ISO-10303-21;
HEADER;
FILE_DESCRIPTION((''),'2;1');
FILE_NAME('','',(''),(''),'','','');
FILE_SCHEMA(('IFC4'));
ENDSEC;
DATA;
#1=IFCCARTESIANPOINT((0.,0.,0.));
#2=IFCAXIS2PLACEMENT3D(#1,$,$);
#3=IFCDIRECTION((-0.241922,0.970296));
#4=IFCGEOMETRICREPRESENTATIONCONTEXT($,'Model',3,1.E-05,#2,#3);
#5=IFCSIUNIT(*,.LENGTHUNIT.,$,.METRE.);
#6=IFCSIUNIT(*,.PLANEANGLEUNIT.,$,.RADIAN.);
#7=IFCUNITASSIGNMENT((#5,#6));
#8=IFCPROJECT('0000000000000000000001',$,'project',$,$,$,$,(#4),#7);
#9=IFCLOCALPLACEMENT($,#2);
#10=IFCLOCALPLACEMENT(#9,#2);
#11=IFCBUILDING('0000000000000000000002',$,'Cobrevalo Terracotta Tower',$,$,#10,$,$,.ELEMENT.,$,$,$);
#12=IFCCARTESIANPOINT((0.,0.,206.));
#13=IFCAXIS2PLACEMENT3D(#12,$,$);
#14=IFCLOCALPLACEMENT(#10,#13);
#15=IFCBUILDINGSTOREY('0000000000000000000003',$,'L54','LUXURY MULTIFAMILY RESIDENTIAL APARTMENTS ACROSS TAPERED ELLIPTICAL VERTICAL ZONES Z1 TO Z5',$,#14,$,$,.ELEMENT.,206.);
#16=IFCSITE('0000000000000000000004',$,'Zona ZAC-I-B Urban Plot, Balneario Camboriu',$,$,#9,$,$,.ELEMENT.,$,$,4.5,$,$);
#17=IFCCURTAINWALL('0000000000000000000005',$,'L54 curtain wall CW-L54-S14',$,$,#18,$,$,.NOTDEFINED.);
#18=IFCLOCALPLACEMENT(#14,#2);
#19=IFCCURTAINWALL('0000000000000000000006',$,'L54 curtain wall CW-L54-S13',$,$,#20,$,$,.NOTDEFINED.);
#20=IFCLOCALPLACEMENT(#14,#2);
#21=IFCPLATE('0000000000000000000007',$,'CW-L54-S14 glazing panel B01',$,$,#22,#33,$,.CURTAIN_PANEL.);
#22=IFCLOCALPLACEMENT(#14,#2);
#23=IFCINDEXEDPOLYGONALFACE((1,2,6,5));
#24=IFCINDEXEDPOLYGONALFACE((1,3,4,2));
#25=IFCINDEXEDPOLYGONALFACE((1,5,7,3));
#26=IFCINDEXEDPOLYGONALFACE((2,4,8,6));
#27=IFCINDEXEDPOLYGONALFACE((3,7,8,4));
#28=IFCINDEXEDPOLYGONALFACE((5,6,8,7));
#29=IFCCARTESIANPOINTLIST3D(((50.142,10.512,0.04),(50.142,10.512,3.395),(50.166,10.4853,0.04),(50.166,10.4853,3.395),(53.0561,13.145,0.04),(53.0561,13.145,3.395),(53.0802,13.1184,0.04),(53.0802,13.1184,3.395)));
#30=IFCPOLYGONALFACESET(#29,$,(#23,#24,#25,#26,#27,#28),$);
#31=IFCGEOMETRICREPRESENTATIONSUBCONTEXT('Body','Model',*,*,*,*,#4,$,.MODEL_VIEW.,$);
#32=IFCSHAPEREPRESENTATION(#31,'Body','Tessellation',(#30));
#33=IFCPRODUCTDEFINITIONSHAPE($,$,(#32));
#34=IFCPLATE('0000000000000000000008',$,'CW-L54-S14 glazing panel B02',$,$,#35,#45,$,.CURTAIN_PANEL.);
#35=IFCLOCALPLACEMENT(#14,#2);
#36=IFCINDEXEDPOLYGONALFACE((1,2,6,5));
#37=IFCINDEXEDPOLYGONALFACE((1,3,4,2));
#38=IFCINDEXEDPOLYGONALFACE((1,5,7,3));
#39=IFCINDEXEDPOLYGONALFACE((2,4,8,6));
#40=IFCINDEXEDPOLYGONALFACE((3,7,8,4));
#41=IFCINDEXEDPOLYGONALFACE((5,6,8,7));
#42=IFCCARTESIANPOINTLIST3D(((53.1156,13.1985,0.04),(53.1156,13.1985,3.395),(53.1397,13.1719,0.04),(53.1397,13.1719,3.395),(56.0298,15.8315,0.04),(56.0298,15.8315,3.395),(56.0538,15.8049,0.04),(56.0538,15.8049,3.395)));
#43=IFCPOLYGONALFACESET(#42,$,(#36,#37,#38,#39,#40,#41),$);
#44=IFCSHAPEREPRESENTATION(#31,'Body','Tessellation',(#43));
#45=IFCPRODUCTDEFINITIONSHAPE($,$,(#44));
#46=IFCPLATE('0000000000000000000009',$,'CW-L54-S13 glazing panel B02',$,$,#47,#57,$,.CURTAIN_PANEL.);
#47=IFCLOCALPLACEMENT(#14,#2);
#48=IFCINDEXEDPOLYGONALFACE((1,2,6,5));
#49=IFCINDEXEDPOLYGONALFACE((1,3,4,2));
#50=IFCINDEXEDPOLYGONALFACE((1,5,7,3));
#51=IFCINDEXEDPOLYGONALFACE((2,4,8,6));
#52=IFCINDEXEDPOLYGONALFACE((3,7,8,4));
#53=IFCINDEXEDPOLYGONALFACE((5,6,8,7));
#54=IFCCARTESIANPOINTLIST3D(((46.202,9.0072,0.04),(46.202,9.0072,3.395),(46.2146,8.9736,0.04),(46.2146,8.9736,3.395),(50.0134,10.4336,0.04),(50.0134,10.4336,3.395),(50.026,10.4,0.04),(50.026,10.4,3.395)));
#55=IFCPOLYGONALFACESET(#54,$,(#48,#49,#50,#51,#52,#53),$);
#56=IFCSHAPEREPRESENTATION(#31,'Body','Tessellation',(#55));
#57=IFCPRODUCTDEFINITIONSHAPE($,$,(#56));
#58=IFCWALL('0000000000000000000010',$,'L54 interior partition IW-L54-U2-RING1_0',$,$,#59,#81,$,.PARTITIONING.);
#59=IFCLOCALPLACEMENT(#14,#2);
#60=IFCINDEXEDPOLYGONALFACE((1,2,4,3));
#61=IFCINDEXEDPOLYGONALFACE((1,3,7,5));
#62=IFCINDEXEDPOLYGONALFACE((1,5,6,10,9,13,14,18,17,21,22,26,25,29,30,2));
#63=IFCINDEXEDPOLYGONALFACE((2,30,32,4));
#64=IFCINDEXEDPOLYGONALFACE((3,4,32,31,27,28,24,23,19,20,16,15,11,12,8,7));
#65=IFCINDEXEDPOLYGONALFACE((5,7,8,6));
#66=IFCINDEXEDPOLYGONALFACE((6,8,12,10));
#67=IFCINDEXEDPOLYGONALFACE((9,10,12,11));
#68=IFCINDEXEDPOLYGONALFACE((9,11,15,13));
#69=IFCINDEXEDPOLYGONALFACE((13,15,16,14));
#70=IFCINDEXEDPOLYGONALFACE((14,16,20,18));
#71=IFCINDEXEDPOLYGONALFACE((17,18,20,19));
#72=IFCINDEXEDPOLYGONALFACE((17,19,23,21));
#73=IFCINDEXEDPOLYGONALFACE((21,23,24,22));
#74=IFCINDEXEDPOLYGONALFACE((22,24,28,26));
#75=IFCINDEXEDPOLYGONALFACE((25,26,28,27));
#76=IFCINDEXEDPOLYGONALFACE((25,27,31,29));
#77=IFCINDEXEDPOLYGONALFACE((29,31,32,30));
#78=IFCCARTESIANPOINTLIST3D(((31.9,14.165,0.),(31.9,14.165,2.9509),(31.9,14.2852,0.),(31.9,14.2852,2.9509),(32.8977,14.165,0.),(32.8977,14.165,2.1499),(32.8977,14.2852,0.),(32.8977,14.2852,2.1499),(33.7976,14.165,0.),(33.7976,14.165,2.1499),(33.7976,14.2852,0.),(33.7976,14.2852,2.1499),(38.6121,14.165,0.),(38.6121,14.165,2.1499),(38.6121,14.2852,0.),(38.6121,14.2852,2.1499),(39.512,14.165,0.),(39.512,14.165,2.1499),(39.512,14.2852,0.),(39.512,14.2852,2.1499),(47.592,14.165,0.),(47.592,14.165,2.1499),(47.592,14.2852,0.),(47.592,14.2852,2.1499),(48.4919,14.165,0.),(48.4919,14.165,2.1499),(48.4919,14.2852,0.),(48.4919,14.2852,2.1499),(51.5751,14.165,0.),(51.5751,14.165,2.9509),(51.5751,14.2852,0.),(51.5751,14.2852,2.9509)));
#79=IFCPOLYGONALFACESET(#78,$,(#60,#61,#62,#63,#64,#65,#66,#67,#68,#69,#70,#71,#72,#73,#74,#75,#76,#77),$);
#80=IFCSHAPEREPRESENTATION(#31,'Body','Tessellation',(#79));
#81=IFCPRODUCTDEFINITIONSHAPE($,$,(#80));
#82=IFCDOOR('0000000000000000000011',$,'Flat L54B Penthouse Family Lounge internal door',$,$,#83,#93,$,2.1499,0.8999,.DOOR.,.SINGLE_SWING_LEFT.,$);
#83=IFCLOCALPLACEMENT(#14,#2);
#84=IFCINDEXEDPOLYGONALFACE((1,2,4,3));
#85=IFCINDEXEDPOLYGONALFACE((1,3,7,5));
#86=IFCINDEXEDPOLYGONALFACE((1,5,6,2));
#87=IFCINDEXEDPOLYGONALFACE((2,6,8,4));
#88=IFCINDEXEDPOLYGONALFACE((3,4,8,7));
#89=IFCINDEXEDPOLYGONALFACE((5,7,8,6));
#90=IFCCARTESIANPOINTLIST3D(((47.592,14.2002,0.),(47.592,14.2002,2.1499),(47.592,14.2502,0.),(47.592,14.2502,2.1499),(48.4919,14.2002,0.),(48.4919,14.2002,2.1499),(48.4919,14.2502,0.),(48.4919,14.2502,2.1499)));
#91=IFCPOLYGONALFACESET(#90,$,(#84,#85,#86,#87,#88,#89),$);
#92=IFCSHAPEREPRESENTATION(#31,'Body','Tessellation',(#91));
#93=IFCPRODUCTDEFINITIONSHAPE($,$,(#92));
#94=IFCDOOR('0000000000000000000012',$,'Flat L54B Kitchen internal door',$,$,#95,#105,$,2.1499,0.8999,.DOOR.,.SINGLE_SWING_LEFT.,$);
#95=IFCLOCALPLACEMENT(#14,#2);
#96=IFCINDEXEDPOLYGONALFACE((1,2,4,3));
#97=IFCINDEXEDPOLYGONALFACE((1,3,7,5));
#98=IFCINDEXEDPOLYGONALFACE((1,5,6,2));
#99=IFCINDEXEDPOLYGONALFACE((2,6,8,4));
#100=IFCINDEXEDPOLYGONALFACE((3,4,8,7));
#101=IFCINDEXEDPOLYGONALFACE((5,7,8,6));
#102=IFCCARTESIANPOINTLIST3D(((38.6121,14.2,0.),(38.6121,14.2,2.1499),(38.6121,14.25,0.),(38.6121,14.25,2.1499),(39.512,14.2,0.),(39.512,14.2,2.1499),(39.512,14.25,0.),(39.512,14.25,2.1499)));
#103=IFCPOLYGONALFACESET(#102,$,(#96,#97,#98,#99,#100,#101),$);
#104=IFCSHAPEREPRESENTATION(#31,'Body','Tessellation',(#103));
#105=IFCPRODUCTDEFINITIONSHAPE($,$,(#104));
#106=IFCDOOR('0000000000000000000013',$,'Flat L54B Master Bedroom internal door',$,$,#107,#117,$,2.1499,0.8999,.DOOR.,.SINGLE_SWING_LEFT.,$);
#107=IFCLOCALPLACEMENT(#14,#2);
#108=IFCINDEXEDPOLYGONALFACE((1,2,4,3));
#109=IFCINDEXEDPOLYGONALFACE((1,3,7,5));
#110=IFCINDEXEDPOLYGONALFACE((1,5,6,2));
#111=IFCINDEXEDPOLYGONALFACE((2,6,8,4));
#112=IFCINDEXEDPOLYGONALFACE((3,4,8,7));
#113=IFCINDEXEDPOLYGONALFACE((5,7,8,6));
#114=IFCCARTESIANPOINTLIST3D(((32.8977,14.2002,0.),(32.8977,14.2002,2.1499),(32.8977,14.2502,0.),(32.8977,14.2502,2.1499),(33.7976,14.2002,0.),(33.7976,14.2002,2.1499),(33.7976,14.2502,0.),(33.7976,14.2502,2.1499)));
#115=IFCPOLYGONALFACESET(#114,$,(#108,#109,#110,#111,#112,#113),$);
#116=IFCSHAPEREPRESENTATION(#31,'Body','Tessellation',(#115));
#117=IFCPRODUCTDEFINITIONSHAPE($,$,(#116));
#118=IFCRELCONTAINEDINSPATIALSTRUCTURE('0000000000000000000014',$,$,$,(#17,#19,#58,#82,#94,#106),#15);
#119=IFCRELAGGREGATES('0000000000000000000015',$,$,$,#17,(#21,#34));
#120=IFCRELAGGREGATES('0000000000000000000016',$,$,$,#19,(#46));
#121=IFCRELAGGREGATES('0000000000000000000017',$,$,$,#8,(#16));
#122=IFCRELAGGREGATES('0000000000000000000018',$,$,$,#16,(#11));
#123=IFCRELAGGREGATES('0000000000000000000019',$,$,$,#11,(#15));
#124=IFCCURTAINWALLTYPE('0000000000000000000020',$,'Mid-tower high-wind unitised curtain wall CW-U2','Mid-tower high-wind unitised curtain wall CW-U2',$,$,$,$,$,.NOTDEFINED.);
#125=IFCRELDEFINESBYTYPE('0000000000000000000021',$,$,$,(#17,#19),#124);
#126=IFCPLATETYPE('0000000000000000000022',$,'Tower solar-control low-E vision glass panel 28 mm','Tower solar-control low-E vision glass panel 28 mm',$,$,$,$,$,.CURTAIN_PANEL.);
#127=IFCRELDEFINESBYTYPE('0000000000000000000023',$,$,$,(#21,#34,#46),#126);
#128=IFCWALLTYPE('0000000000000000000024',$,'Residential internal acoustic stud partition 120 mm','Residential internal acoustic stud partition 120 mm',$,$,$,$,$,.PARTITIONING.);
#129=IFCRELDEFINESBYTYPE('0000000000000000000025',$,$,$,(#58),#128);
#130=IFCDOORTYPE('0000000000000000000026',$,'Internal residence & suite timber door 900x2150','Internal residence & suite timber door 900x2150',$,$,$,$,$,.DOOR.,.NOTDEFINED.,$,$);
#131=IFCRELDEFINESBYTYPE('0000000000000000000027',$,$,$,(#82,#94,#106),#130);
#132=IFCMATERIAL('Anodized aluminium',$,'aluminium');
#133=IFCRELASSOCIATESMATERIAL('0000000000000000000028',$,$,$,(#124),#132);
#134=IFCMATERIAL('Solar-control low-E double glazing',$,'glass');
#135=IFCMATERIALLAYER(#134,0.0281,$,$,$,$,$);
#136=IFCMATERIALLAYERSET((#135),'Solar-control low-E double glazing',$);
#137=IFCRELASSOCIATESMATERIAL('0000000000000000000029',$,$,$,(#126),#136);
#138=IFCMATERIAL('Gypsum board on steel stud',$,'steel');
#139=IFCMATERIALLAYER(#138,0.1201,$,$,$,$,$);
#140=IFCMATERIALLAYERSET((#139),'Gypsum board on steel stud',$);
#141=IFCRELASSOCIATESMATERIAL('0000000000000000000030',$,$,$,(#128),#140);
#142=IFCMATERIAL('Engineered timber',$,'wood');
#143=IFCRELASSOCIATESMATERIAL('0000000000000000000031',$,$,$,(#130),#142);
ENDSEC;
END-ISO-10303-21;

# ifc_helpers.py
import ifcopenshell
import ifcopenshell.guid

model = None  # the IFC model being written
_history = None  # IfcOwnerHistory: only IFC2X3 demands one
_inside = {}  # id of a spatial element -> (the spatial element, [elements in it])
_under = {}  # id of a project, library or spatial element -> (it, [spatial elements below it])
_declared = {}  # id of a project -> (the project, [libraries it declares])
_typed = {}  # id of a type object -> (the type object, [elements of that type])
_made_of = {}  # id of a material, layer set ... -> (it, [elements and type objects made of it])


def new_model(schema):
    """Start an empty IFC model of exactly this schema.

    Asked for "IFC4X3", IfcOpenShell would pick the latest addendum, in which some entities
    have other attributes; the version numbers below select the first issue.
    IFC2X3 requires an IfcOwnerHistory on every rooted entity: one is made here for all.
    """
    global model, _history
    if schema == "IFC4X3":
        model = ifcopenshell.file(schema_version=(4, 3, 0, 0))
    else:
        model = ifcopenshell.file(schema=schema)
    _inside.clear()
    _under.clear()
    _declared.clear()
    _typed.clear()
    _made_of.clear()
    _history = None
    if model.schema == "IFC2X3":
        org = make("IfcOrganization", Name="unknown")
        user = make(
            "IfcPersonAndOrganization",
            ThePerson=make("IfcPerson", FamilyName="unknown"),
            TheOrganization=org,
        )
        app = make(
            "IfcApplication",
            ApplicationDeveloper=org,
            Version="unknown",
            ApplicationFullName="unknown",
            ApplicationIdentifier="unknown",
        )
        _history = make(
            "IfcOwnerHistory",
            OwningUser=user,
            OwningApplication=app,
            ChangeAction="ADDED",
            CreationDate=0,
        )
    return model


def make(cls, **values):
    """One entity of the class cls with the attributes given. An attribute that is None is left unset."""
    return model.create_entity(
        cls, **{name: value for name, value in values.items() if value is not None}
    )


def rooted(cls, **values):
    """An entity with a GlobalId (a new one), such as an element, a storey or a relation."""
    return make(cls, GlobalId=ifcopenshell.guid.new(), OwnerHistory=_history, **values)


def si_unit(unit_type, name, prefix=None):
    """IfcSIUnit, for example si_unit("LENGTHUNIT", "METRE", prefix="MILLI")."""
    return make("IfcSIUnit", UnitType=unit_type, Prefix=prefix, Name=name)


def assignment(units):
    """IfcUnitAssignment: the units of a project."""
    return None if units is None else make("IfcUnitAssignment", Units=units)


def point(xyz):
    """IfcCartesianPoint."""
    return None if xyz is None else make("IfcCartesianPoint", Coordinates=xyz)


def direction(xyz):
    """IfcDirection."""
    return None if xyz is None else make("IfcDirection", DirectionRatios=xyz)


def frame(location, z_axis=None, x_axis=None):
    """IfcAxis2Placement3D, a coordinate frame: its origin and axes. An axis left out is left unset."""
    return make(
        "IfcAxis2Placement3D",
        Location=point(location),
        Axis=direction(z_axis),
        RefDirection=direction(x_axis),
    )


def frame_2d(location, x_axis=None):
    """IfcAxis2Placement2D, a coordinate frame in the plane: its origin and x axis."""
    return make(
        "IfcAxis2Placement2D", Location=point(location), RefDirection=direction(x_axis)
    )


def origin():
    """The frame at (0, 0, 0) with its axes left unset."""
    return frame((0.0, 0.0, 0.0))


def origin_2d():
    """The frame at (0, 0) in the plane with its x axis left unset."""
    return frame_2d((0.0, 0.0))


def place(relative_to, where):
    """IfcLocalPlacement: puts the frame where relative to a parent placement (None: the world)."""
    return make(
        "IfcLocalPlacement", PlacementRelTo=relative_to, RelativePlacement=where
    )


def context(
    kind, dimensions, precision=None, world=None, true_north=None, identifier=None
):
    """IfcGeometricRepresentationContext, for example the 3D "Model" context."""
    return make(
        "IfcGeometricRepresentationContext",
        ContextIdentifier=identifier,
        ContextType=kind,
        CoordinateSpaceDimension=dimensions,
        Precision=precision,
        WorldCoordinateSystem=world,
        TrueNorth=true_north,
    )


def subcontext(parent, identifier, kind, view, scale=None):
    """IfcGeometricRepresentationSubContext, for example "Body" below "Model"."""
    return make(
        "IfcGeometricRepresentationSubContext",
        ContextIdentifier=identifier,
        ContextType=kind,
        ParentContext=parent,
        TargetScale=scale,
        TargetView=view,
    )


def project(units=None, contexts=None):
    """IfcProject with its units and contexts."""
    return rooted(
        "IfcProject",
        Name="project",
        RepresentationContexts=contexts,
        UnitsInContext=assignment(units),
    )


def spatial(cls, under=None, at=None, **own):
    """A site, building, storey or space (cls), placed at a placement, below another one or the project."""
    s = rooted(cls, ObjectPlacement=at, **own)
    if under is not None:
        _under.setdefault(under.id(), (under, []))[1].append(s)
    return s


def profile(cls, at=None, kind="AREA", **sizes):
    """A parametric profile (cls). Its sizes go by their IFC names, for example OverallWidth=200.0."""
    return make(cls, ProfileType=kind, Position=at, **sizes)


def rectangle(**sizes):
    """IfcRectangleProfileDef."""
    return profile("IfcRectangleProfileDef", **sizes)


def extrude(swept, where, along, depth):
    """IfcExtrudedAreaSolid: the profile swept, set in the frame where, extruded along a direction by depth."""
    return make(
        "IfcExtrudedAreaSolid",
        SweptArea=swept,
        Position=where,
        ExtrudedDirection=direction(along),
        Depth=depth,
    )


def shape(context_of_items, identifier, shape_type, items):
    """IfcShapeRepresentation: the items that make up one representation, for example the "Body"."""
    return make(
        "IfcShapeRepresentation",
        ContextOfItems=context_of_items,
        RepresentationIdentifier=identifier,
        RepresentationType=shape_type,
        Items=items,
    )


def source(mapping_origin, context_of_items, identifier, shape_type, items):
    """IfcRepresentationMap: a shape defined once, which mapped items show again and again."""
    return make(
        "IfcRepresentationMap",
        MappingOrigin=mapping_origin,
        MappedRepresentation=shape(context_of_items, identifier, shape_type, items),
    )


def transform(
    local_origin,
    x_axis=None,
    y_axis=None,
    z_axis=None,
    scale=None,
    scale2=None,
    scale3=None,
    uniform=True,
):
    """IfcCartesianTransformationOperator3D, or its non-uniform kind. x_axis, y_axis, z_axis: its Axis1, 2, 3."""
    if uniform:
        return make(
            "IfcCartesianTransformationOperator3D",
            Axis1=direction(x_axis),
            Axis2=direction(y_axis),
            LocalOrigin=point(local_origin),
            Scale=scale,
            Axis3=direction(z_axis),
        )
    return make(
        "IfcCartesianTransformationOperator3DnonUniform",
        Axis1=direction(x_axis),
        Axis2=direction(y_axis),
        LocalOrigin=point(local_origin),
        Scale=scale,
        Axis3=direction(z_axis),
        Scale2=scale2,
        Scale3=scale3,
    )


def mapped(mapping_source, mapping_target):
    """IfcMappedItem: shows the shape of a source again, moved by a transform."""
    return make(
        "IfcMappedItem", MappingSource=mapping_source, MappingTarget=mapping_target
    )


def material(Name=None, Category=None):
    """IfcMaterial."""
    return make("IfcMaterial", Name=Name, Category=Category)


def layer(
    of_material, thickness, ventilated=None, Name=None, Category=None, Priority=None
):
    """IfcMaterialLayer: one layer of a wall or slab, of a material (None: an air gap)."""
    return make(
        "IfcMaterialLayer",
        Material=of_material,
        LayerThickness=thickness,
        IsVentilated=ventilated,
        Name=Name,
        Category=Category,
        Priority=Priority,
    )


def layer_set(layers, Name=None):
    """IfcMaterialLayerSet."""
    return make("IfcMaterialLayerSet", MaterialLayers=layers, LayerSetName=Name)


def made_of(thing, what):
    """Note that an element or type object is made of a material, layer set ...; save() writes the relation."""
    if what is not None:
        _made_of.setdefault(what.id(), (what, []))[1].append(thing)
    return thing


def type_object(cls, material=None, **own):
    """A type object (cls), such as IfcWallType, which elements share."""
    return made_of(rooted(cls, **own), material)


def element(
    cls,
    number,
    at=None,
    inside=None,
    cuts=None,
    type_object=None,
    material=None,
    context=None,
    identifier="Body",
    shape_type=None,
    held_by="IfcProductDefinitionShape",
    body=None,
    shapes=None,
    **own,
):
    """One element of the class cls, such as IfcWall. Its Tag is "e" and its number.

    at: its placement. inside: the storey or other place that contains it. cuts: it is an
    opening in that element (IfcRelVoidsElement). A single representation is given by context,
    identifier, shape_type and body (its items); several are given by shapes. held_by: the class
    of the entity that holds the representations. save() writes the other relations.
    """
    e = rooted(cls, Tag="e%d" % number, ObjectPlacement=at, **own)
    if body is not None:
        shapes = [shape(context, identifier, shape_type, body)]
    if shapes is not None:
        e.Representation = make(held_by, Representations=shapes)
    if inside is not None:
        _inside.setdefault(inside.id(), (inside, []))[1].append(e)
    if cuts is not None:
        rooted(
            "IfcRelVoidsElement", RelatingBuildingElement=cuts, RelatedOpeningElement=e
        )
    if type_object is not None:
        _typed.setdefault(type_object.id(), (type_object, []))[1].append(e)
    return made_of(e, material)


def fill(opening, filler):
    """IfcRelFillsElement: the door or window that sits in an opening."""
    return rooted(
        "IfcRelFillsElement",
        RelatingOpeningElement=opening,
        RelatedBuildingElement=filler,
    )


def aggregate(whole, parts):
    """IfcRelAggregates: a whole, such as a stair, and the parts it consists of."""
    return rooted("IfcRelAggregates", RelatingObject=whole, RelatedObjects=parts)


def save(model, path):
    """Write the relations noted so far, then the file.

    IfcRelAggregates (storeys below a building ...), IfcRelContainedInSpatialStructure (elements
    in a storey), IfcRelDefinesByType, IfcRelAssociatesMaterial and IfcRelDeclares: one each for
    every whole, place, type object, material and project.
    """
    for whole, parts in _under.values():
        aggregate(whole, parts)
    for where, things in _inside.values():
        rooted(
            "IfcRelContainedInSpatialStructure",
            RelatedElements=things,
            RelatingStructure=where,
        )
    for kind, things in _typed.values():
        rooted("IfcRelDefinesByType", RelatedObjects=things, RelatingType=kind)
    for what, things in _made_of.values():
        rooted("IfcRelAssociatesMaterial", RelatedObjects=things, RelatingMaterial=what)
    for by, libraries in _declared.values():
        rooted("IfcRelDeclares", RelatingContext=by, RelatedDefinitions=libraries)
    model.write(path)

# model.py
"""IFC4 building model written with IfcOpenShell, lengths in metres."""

from ifc_helpers import new_model, si_unit, direction, frame, frame_2d, origin, origin_2d, place, context, subcontext, project, spatial, rectangle, extrude, source, transform, mapped, material, layer, layer_set, type_object, element, fill, aggregate, save


model = new_model("IFC4")

# Units and contexts
model_context = context("Model", 3, precision=1e-05, world=origin(), true_north=direction((-0.241922, 0.970296)))
body_context = subcontext(model_context, "Body", "Model", "MODEL_VIEW")
ifc_project = project(units=[si_unit("LENGTHUNIT", "METRE"), si_unit("PLANEANGLEUNIT", "RADIAN")], contexts=[model_context])

# Site, building, storey
site_placement = place(None, origin())
site = spatial("IfcSite", under=ifc_project, at=site_placement, Name="Zona ZAC-I-B Urban Plot, Balneario Camboriu", CompositionType="ELEMENT", RefElevation=4.5)
building_placement = place(site_placement, origin())
building = spatial("IfcBuilding", under=site, at=building_placement, Name="Cobrevalo Terracotta Tower", CompositionType="ELEMENT")
storey_placement = place(building_placement, frame((0.0, 0.0, 206.0)))
storey = spatial("IfcBuildingStorey", under=building, at=storey_placement, Name="L54", Description="LUXURY MULTIFAMILY RESIDENTIAL APARTMENTS ACROSS TAPERED ELLIPTICAL VERTICAL ZONES Z1 TO Z5", CompositionType="ELEMENT", Elevation=206.0)

# Curtain wall
ifc_material_1 = material(Name="Anodized aluminium", Category="aluminium")
curtain_wall_type = type_object("IfcCurtainWallType", Name="Mid-tower high-wind unitised curtain wall CW-U2", Description="Mid-tower high-wind unitised curtain wall CW-U2", PredefinedType="NOTDEFINED", material=ifc_material_1)
curtain_wall_1_placement = place(storey_placement, origin())
curtain_wall_1 = element("IfcCurtainWall", 1, at=curtain_wall_1_placement, inside=storey, type_object=curtain_wall_type, Name="L54 curtain wall CW-L54-S14", PredefinedType="NOTDEFINED")

# Curtain wall
curtain_wall_2_placement = place(storey_placement, origin())
curtain_wall_2 = element("IfcCurtainWall", 2, at=curtain_wall_2_placement, inside=storey, type_object=curtain_wall_type, Name="L54 curtain wall CW-L54-S13", PredefinedType="NOTDEFINED")

# Plates
ifc_material_2 = material(Name="Solar-control low-E double glazing", Category="glass")
ifc_layer_1 = layer(ifc_material_2, 0.0281)
ifc_layer_set_1 = layer_set([ifc_layer_1], Name="Solar-control low-E double glazing")
plate_type = type_object("IfcPlateType", Name="Tower solar-control low-E vision glass panel 28 mm", Description="Tower solar-control low-E vision glass panel 28 mm", PredefinedType="CURTAIN_PANEL", material=ifc_layer_set_1)
shared_shape_1 = source(origin(), body_context, "Body", "SweptSolid", [
    extrude(rectangle(XDim=3.9275, YDim=0.0359, at=origin_2d()), origin(), (0.0, 0.0, 1.0), 3.355),
])
plate_1_placement = place(storey_placement, frame((51.6111, 11.8152, 0.04), z_axis=(0.0, 0.0, 1.0), x_axis=(0.741988, 0.670414, 0.0)))
plate_1 = element("IfcPlate", 3, at=plate_1_placement, type_object=plate_type, Name="CW-L54-S14 glazing panel B01", PredefinedType="CURTAIN_PANEL", context=body_context, shape_type="MappedRepresentation", body=[
    mapped(shared_shape_1, transform((0.0, 0.0, 0.0), scale=1.0)),
])
plate_2_placement = place(storey_placement, frame((54.5847, 14.5017, 0.04), z_axis=(0.0, 0.0, 1.0), x_axis=(0.741988, 0.670414, 0.0)))
plate_2 = element("IfcPlate", 4, at=plate_2_placement, type_object=plate_type, Name="CW-L54-S14 glazing panel B02", PredefinedType="CURTAIN_PANEL", context=body_context, shape_type="MappedRepresentation", body=[
    mapped(shared_shape_1, transform((0.0, 0.0, 0.0), scale=1.0)),
])
aggregate(curtain_wall_1, [plate_1, plate_2])
shared_shape_2 = source(origin(), body_context, "Body", "SweptSolid", [
    extrude(rectangle(XDim=4.0696, YDim=0.0359, at=origin_2d()), origin(), (0.0, 0.0, 1.0), 3.355),
])
plate_3_placement = place(storey_placement, frame((48.114, 9.7036, 0.04), z_axis=(0.0, 0.0, 1.0), x_axis=(0.936558, 0.350513, 0.0)))
plate_3 = element("IfcPlate", 5, at=plate_3_placement, type_object=plate_type, Name="CW-L54-S13 glazing panel B02", PredefinedType="CURTAIN_PANEL", context=body_context, shape_type="MappedRepresentation", body=[
    mapped(shared_shape_2, transform((0.0, 0.0, 0.0), scale=1.0)),
])
aggregate(curtain_wall_2, [plate_3])

# Wall, openings, doors
ifc_material_3 = material(Name="Gypsum board on steel stud", Category="steel")
ifc_layer_2 = layer(ifc_material_3, 0.1201)
ifc_layer_set_2 = layer_set([ifc_layer_2], Name="Gypsum board on steel stud")
wall_type = type_object("IfcWallType", Name="Residential internal acoustic stud partition 120 mm", Description="Residential internal acoustic stud partition 120 mm", PredefinedType="PARTITIONING", material=ifc_layer_set_2)
wall_placement = place(storey_placement, frame((51.575, 14.2251, 0.0), z_axis=(0.0, 0.0, 1.0), x_axis=(-1.0, 0.0, 0.0)))
wall = element("IfcWall", 6, at=wall_placement, inside=storey, type_object=wall_type, Name="L54 interior partition IW-L54-U2-RING1_0", PredefinedType="PARTITIONING", context=body_context, shape_type="SweptSolid", body=[
    extrude(rectangle(XDim=19.675, YDim=0.1201, at=frame_2d((9.8374, 0.0))), origin(), (0.0, 0.0, 1.0), 2.9509),
])
opening_1_placement = place(wall_placement, frame((3.083, 0.0, 0.0)))
opening_1 = element("IfcOpeningElement", 7, at=opening_1_placement, cuts=wall, PredefinedType="OPENING", context=body_context, shape_type="SweptSolid", body=[
    extrude(rectangle(XDim=0.8999, YDim=2.1499, at=frame_2d((0.45, 1.075))), frame((0.0, 0.0701, 0.0), z_axis=(0.0, -1.0, 0.0), x_axis=(1.0, 0.0, 0.0)), (0.0, 0.0, 1.0), 0.1401),
])
opening_2_placement = place(wall_placement, frame((12.063, 0.0, 0.0)))
opening_2 = element("IfcOpeningElement", 8, at=opening_2_placement, cuts=wall, PredefinedType="OPENING", context=body_context, shape_type="SweptSolid", body=[
    extrude(rectangle(XDim=0.8999, YDim=2.1499, at=frame_2d((0.45, 1.075))), frame((0.0, 0.0701, 0.0), z_axis=(0.0, -1.0, 0.0), x_axis=(1.0, 0.0, 0.0)), (0.0, 0.0, 1.0), 0.1401),
])
opening_3_placement = place(wall_placement, frame((17.7773, 0.0, 0.0)))
opening_3 = element("IfcOpeningElement", 9, at=opening_3_placement, cuts=wall, PredefinedType="OPENING", context=body_context, shape_type="SweptSolid", body=[
    extrude(rectangle(XDim=0.8999, YDim=2.1499, at=frame_2d((0.45, 1.075))), frame((0.0, 0.0701, 0.0), z_axis=(0.0, -1.0, 0.0), x_axis=(1.0, 0.0, 0.0)), (0.0, 0.0, 1.0), 0.1401),
])
ifc_material_4 = material(Name="Engineered timber", Category="wood")
door_type = type_object("IfcDoorType", Name="Internal residence & suite timber door 900x2150", Description="Internal residence & suite timber door 900x2150", OperationType="NOTDEFINED", PredefinedType="DOOR", material=ifc_material_4)
shared_shape_3 = source(origin(), body_context, "Body", "SweptSolid", [
    extrude(rectangle(XDim=0.8999, YDim=2.1499, at=frame_2d((0.45, 1.075))), frame((0.0, 0.0249, 0.0), z_axis=(0.0, -1.0, 0.0), x_axis=(1.0, 0.0, 0.0)), (0.0, 0.0, 1.0), 0.05),
])
door_1_placement = place(opening_1_placement, origin())
door_1 = element("IfcDoor", 10, at=door_1_placement, inside=storey, type_object=door_type, Name="Flat L54B Penthouse Family Lounge internal door", OperationType="SINGLE_SWING_LEFT", OverallHeight=2.1499, OverallWidth=0.8999, PredefinedType="DOOR", context=body_context, shape_type="MappedRepresentation", body=[
    mapped(shared_shape_3, transform((0.0, 0.0, 0.0), scale=1.0)),
])
fill(opening_1, door_1)
door_2_placement = place(opening_2_placement, frame((0.8999, 0.0, 0.0), z_axis=(0.0, 0.0, 1.0), x_axis=(-1.0, 0.0, 0.0)))
door_2 = element("IfcDoor", 11, at=door_2_placement, inside=storey, type_object=door_type, Name="Flat L54B Kitchen internal door", OperationType="SINGLE_SWING_LEFT", OverallHeight=2.1499, OverallWidth=0.8999, PredefinedType="DOOR", context=body_context, shape_type="MappedRepresentation", body=[
    mapped(shared_shape_3, transform((0.0, 0.0, 0.0), scale=1.0)),
])
fill(opening_2, door_2)
door_3_placement = place(opening_3_placement, origin())
door_3 = element("IfcDoor", 12, at=door_3_placement, inside=storey, type_object=door_type, Name="Flat L54B Master Bedroom internal door", OperationType="SINGLE_SWING_LEFT", OverallHeight=2.1499, OverallWidth=0.8999, PredefinedType="DOOR", context=body_context, shape_type="MappedRepresentation", body=[
    mapped(shared_shape_3, transform((0.0, 0.0, 0.0), scale=1.0)),
])
fill(opening_3, door_3)

save(model, "model.ifc")
